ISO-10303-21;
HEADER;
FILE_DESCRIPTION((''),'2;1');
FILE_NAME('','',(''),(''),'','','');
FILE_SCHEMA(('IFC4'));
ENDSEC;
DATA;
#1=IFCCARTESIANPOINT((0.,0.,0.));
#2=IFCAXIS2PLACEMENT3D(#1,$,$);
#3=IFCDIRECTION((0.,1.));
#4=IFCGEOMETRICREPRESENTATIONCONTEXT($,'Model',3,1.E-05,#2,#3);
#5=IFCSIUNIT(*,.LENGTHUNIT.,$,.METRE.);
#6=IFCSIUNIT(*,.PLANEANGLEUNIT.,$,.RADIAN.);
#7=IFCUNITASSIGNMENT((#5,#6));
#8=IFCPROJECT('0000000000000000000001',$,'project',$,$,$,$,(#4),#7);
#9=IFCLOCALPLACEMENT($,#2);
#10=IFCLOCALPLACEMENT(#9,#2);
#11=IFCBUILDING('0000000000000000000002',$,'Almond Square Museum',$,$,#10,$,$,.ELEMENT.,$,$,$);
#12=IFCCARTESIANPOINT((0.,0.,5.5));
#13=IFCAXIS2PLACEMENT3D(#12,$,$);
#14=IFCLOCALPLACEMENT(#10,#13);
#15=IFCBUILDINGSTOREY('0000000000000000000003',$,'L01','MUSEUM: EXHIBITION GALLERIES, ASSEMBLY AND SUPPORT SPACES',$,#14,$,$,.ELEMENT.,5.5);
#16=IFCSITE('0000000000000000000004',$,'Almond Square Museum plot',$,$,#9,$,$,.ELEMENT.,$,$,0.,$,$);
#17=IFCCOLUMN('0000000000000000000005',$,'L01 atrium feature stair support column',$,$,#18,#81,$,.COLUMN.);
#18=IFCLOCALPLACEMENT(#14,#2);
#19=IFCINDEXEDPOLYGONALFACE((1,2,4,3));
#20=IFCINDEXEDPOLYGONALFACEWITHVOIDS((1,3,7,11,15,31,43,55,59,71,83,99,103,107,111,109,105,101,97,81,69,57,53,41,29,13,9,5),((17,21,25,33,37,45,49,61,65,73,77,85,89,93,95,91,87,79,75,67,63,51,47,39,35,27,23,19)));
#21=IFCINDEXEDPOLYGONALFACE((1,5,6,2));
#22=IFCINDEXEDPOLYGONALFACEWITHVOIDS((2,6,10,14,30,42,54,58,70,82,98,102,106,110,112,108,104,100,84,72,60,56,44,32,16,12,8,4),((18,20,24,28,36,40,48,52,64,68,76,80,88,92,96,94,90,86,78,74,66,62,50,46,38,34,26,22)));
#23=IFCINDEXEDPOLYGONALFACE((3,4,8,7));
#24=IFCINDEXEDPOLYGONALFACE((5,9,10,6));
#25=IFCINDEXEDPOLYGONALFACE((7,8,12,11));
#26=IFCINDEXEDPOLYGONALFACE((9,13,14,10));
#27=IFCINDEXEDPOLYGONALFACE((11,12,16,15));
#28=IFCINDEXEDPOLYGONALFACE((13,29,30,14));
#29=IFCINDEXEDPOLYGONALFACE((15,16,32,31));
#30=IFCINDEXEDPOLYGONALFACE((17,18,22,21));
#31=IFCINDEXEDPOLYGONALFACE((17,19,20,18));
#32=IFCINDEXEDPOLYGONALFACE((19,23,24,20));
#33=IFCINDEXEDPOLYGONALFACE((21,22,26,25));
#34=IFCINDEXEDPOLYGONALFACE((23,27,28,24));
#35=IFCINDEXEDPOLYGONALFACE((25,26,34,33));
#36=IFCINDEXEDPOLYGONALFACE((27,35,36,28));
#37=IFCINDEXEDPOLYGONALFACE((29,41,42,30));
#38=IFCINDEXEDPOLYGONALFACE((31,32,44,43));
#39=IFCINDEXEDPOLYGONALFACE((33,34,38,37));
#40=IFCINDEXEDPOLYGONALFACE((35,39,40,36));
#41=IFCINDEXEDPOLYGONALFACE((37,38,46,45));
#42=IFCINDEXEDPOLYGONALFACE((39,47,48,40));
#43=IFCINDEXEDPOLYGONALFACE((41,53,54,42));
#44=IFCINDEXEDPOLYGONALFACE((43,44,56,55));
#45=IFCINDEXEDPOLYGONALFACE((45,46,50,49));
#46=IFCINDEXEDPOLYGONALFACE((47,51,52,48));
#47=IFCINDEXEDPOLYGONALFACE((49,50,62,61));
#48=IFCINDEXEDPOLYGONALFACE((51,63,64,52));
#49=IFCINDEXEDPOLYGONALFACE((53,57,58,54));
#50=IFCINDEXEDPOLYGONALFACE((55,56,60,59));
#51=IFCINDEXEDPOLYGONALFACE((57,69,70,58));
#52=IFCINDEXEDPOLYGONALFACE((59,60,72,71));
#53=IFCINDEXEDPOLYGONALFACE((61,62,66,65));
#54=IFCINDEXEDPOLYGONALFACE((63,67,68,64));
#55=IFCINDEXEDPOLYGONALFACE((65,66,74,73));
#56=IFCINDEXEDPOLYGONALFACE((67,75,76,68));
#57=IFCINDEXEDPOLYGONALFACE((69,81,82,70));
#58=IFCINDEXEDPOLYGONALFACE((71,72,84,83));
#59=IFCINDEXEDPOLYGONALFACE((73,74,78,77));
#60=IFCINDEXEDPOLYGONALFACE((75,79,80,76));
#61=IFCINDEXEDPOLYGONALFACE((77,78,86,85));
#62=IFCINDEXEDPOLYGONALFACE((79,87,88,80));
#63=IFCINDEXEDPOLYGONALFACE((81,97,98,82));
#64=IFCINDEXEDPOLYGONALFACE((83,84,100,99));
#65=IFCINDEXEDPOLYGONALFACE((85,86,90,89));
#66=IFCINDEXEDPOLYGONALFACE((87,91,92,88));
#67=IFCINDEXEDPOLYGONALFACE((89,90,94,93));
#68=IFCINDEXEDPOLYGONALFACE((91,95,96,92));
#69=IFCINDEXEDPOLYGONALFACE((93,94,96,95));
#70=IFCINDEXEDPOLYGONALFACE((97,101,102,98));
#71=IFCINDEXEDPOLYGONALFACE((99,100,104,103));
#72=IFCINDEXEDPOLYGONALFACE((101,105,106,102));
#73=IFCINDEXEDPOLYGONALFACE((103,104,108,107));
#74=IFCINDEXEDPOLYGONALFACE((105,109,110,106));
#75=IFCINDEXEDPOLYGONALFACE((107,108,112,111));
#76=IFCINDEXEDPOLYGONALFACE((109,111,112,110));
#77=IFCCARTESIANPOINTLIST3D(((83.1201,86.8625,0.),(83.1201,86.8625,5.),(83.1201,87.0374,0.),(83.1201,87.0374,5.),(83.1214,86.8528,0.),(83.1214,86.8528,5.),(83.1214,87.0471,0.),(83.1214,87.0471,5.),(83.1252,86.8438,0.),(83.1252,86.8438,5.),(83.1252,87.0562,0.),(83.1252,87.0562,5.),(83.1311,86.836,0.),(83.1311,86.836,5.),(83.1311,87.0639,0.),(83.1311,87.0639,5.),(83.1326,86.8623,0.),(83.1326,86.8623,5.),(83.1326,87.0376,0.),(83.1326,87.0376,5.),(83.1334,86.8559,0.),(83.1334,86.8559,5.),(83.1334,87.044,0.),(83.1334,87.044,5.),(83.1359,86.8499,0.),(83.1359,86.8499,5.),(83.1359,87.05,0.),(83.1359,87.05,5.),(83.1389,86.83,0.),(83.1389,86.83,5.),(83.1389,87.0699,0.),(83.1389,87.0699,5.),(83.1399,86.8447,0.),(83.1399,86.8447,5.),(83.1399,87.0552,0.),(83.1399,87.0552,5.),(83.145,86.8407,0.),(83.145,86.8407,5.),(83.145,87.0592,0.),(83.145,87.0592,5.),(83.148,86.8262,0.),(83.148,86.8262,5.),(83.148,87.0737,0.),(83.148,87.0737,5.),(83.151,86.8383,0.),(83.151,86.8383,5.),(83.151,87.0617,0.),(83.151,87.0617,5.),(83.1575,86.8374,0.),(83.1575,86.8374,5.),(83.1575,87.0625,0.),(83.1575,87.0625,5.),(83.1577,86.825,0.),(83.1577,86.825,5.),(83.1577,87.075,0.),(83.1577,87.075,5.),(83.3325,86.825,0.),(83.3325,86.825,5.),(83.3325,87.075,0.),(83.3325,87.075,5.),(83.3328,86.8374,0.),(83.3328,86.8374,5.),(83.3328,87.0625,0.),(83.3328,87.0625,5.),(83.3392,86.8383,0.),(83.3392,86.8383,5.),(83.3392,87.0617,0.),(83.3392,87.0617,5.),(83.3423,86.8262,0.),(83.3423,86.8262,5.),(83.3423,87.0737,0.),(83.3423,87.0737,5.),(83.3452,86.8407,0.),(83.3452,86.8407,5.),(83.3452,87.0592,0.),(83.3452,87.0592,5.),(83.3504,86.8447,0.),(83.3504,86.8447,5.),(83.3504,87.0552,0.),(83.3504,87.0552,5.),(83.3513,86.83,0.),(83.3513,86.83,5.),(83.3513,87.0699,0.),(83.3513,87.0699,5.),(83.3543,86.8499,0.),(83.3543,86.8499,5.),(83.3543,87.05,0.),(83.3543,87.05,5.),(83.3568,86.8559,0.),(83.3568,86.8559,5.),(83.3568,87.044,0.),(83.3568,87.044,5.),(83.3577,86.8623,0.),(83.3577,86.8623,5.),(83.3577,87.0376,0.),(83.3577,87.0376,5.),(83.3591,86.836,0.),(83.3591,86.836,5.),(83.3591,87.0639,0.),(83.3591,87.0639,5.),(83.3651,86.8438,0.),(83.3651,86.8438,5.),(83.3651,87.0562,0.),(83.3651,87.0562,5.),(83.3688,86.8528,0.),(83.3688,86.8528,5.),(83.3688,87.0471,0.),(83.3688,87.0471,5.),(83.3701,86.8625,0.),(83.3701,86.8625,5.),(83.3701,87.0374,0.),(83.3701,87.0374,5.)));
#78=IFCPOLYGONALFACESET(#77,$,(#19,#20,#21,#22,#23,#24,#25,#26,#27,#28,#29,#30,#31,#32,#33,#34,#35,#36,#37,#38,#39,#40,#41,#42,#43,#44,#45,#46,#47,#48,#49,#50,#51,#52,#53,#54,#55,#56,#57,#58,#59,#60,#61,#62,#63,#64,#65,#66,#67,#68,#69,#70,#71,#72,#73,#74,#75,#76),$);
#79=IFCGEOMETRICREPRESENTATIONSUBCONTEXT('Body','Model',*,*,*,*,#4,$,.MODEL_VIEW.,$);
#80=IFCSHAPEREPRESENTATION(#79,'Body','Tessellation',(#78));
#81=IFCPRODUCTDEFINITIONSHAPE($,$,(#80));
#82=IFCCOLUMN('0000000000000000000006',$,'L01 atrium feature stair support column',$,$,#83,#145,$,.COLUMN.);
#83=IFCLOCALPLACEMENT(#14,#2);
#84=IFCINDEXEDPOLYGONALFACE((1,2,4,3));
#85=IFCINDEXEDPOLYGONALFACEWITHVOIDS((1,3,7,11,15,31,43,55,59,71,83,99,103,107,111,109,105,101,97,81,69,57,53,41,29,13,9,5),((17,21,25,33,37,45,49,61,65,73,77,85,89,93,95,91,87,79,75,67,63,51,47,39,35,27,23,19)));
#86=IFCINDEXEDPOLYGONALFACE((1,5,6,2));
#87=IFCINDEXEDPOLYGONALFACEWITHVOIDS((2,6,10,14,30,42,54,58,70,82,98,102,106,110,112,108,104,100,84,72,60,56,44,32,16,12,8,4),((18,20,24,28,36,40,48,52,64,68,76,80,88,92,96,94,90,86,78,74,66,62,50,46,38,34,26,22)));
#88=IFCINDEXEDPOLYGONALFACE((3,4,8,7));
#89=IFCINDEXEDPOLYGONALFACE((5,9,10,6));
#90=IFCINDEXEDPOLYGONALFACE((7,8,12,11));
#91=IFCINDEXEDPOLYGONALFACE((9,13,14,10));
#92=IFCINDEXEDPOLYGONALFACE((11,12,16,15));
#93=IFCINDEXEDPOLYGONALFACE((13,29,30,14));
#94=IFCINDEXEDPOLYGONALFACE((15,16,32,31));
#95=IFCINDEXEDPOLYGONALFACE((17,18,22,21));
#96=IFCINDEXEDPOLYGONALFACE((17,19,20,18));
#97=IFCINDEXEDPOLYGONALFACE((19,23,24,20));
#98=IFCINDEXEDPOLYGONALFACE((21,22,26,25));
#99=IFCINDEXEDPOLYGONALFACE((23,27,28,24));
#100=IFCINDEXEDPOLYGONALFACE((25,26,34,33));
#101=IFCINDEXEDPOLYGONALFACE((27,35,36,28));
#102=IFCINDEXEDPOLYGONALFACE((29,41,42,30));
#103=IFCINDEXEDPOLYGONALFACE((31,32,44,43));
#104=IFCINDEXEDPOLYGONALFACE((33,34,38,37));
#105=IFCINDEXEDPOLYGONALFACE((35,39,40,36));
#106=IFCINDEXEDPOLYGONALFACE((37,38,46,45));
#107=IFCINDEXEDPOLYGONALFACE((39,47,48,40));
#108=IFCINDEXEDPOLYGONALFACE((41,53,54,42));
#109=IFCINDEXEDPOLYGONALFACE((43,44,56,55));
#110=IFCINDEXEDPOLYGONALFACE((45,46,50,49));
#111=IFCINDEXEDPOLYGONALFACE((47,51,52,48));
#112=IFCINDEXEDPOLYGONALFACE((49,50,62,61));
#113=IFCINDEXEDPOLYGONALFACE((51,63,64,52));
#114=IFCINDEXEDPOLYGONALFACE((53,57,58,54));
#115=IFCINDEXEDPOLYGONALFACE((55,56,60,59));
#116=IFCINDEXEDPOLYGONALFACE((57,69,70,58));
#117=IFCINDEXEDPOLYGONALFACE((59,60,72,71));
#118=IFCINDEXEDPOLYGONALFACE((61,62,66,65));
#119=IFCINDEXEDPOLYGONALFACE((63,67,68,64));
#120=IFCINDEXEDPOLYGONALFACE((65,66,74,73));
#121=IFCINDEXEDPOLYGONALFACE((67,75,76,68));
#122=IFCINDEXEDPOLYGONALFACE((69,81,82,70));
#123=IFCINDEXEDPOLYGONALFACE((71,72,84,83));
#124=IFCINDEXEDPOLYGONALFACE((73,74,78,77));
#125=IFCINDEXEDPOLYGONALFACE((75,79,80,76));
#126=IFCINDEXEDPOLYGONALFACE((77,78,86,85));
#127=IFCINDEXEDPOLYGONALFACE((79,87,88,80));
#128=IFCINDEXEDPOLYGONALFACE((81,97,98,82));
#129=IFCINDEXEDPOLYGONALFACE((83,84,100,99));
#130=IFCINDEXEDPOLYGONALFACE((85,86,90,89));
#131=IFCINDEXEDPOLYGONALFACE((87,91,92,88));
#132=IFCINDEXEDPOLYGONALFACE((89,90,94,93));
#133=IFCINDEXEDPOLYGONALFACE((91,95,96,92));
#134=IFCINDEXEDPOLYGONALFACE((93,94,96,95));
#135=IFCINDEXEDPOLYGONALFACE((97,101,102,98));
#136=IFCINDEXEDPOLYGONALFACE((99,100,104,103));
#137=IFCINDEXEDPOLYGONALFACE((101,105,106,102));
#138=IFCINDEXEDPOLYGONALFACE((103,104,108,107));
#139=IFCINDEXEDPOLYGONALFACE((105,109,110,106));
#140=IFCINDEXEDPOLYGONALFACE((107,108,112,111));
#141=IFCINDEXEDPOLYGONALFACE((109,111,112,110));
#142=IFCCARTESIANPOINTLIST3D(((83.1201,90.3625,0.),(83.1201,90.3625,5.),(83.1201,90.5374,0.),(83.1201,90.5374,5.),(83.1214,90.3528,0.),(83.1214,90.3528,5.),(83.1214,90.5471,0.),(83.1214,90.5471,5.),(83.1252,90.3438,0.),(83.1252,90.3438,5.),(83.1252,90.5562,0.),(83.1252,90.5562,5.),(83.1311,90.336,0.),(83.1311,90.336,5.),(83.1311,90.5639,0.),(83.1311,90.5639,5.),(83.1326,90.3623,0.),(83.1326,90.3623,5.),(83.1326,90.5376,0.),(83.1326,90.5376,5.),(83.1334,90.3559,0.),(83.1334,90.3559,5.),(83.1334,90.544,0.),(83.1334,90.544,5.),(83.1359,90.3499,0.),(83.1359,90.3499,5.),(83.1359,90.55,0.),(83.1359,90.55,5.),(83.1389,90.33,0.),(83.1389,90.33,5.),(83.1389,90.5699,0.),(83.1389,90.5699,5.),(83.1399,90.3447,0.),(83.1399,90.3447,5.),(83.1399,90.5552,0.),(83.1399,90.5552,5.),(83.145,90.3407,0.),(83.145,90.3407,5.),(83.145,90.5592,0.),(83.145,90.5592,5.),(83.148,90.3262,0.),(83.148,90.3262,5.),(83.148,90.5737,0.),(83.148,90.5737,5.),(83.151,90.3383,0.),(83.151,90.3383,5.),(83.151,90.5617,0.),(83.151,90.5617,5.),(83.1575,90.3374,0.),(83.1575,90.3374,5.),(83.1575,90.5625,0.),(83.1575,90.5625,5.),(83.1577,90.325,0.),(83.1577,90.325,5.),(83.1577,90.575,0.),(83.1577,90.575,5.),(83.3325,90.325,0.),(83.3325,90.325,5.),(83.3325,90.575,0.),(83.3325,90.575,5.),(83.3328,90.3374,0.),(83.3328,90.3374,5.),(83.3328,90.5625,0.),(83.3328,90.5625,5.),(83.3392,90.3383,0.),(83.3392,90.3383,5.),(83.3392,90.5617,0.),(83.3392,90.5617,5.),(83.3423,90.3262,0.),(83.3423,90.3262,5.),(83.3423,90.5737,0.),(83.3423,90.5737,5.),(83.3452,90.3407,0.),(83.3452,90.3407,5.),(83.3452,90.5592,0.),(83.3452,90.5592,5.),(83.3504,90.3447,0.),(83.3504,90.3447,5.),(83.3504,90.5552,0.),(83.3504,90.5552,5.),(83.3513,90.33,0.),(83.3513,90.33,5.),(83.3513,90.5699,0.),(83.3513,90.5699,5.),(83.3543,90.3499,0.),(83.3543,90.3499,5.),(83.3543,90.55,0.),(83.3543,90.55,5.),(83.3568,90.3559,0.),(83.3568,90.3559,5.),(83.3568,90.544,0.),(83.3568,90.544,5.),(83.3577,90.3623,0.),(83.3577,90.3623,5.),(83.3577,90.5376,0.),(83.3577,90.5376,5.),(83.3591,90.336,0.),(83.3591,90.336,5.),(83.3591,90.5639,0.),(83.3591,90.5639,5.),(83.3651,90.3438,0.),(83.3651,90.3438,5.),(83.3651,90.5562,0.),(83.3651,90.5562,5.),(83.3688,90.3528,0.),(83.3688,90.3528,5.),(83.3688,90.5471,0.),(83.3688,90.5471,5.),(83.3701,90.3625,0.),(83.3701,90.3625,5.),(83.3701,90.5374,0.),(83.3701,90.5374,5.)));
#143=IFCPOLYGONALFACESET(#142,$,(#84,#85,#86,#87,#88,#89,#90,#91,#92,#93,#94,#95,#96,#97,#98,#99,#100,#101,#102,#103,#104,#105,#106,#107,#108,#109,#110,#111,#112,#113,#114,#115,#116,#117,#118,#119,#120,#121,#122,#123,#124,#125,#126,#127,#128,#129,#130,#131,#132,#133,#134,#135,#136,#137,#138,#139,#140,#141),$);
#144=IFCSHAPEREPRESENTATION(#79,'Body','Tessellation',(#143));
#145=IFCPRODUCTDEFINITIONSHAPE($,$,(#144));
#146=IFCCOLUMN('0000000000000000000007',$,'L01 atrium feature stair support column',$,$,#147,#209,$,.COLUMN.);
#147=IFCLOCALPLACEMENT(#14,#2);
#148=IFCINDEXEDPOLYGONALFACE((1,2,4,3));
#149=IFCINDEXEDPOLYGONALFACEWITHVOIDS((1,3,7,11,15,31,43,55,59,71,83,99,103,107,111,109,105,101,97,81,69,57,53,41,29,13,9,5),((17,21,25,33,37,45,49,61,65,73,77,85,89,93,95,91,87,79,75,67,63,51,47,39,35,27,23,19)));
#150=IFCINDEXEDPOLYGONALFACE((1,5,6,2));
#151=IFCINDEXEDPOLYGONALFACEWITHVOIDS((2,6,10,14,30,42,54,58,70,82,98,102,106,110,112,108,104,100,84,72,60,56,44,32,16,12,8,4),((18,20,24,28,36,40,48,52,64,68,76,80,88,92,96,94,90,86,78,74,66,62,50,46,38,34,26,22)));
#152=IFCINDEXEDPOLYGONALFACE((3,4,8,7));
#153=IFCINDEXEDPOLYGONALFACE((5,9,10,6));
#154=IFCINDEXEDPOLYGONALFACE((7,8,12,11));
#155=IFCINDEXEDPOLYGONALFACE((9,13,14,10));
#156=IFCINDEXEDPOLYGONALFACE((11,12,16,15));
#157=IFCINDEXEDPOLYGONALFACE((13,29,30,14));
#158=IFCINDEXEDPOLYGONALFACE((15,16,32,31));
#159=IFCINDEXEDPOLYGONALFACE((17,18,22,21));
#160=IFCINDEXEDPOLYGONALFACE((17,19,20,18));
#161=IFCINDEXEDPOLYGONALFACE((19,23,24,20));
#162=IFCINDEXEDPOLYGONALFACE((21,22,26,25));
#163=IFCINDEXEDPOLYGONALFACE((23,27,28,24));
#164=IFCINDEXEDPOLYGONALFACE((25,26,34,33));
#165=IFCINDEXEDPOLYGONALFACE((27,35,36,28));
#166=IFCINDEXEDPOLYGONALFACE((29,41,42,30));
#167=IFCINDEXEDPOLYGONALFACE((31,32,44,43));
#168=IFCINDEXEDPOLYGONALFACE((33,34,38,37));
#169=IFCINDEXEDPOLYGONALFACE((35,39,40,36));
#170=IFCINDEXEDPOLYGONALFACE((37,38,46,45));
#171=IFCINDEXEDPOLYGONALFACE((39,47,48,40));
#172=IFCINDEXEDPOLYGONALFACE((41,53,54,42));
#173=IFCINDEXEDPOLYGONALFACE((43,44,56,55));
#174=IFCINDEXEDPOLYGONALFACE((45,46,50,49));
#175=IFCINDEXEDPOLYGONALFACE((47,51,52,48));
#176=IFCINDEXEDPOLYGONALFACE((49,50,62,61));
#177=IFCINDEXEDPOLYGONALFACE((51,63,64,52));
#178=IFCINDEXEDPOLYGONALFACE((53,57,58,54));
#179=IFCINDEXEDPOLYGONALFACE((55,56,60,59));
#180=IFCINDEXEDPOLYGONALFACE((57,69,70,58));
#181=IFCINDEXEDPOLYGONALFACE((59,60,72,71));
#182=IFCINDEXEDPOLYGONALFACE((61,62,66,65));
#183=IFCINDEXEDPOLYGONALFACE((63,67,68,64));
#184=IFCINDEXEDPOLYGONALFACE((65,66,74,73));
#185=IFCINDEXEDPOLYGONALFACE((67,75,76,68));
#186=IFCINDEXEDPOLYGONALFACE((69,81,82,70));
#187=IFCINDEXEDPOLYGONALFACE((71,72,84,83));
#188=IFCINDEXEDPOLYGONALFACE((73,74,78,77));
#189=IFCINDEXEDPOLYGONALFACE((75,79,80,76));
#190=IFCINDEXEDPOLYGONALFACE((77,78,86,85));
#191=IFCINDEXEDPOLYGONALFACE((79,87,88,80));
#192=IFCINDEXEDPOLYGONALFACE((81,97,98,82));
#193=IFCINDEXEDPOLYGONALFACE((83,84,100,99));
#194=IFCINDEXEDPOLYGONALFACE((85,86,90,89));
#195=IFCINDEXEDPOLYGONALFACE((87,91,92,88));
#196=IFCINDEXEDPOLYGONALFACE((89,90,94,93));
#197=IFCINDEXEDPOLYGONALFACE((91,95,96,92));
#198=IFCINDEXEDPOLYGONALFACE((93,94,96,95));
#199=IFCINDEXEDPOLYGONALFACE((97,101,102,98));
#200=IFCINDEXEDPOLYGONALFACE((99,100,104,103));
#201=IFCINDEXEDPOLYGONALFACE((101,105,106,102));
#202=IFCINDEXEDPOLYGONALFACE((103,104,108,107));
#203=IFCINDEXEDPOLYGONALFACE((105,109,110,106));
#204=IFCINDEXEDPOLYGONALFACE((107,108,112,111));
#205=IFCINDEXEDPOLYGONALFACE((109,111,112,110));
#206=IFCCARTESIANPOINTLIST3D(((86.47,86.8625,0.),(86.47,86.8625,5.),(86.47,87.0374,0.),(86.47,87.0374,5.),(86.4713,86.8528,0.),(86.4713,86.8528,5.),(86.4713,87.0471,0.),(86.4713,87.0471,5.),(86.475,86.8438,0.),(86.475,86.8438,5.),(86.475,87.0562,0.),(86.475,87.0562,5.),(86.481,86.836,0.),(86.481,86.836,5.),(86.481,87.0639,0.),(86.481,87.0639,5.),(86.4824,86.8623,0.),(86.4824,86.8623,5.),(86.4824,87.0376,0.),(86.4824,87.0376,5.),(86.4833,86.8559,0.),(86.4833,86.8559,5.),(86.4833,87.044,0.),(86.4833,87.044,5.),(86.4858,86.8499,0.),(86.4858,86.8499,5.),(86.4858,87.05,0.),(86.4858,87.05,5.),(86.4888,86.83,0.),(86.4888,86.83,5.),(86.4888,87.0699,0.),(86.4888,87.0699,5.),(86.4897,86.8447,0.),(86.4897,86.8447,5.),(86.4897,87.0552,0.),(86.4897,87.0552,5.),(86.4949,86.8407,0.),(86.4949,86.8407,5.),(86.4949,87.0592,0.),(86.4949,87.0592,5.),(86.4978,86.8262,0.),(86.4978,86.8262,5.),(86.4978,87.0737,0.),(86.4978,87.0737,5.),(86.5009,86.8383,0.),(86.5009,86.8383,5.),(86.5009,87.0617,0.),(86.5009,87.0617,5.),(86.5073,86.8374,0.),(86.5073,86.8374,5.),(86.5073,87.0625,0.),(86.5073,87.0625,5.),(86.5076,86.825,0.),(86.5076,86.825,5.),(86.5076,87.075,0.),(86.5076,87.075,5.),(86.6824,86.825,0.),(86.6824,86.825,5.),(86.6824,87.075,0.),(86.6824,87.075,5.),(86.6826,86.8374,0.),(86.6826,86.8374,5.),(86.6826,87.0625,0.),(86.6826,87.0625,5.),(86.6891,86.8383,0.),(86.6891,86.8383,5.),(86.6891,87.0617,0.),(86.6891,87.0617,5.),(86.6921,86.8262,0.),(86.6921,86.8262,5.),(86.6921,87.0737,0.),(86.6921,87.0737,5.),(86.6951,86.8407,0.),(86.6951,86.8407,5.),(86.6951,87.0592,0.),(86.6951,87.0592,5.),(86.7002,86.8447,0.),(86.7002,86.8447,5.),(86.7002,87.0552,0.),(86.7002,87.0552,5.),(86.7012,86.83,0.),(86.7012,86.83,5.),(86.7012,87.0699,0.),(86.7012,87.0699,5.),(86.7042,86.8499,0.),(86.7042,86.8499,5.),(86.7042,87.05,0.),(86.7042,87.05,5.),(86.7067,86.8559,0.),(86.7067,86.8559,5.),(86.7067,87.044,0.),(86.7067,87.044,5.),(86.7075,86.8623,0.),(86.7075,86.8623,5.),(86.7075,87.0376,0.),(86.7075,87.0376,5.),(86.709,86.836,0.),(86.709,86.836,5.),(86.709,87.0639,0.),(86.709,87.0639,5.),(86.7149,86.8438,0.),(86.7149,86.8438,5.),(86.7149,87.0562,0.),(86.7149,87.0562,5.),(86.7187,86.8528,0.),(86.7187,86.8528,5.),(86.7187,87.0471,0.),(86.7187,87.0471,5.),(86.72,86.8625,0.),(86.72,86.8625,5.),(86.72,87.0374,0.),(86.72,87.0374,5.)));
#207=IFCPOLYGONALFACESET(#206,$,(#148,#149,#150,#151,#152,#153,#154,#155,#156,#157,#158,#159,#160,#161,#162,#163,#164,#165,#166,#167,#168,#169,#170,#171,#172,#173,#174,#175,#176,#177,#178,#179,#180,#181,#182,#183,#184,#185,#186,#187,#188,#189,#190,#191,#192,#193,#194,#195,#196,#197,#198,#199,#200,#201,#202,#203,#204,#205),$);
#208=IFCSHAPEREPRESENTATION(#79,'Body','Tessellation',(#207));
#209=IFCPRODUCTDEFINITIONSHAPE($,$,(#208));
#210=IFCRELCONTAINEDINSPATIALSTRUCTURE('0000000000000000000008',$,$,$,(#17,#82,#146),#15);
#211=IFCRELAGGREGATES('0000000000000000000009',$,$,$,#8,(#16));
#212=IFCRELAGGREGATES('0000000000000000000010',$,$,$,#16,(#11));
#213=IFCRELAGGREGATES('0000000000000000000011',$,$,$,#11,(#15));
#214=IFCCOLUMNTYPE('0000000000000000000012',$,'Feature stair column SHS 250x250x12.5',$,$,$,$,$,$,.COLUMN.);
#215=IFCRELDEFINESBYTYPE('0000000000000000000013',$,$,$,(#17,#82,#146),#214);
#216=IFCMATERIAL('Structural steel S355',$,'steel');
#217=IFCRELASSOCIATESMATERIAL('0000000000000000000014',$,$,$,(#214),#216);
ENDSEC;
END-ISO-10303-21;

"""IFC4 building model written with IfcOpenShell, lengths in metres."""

from ifc_helpers import new_model, si_unit, direction, frame, origin, origin_2d, place, context, subcontext, project, spatial, hollow_rectangle, extrude, material, material_profile, profile_set, type_object, element, save


model = new_model("IFC4")

# Units and contexts
model_context = context("Model", 3, precision=1e-05, world=origin(), true_north=direction((0.0, 1.0)))
body_context = subcontext(model_context, "Body", "Model", "MODEL_VIEW")
ifc_project = project(units=[si_unit("LENGTHUNIT", "METRE"), si_unit("PLANEANGLEUNIT", "RADIAN")], contexts=[model_context])

# Site, building, storey
site_placement = place(None, origin())
site = spatial("IfcSite", under=ifc_project, at=site_placement, Name="Almond Square Museum plot", CompositionType="ELEMENT", RefElevation=0.0)
building_placement = place(site_placement, origin())
building = spatial("IfcBuilding", under=site, at=building_placement, Name="Almond Square Museum", CompositionType="ELEMENT")
storey_placement = place(building_placement, frame((0.0, 0.0, 5.5)))
storey = spatial("IfcBuildingStorey", under=building, at=storey_placement, Name="L01", Description="MUSEUM: EXHIBITION GALLERIES, ASSEMBLY AND SUPPORT SPACES", CompositionType="ELEMENT", Elevation=5.5)

# Columns
ifc_material_1 = material(Name="Structural steel S355", Category="steel")
ifc_material_profile_1 = material_profile(ifc_material_1, hollow_rectangle(XDim=0.25, YDim=0.25, WallThickness=0.0125, InnerFilletRadius=0.0249, OuterFilletRadius=0.0376, at=origin_2d()))
ifc_profile_set_1 = profile_set([ifc_material_profile_1], Name="Structural steel S355")
column_type = type_object("IfcColumnType", Name="Feature stair column SHS 250x250x12.5", PredefinedType="COLUMN", material=ifc_profile_set_1)
for number, where, z_axis, x_axis, name in (
    (1, (83.2451, 86.95, 0.0), (0.0, 0.0, 1.0), (1.0, 0.0, 0.0), "L01 atrium feature stair support column"),
    (2, (83.2451, 90.45, 0.0), (0.0, 0.0, 1.0), (1.0, 0.0, 0.0), "L01 atrium feature stair support column"),
    (3, (86.595, 86.95, 0.0), (0.0, 0.0, 1.0), (1.0, 0.0, 0.0), "L01 atrium feature stair support column"),
):
    element("IfcColumn", number, at=place(storey_placement, frame(where, z_axis=z_axis, x_axis=x_axis)), inside=storey, type_object=column_type, Name=name, PredefinedType="COLUMN", context=body_context, shape_type="SweptSolid", body=[
        extrude(hollow_rectangle(XDim=0.25, YDim=0.25, WallThickness=0.0125, InnerFilletRadius=0.0249, OuterFilletRadius=0.0376, at=origin_2d()), origin(), (0.0, 0.0, 1.0), 5.0),
    ])

save(model, "model.ifc")
